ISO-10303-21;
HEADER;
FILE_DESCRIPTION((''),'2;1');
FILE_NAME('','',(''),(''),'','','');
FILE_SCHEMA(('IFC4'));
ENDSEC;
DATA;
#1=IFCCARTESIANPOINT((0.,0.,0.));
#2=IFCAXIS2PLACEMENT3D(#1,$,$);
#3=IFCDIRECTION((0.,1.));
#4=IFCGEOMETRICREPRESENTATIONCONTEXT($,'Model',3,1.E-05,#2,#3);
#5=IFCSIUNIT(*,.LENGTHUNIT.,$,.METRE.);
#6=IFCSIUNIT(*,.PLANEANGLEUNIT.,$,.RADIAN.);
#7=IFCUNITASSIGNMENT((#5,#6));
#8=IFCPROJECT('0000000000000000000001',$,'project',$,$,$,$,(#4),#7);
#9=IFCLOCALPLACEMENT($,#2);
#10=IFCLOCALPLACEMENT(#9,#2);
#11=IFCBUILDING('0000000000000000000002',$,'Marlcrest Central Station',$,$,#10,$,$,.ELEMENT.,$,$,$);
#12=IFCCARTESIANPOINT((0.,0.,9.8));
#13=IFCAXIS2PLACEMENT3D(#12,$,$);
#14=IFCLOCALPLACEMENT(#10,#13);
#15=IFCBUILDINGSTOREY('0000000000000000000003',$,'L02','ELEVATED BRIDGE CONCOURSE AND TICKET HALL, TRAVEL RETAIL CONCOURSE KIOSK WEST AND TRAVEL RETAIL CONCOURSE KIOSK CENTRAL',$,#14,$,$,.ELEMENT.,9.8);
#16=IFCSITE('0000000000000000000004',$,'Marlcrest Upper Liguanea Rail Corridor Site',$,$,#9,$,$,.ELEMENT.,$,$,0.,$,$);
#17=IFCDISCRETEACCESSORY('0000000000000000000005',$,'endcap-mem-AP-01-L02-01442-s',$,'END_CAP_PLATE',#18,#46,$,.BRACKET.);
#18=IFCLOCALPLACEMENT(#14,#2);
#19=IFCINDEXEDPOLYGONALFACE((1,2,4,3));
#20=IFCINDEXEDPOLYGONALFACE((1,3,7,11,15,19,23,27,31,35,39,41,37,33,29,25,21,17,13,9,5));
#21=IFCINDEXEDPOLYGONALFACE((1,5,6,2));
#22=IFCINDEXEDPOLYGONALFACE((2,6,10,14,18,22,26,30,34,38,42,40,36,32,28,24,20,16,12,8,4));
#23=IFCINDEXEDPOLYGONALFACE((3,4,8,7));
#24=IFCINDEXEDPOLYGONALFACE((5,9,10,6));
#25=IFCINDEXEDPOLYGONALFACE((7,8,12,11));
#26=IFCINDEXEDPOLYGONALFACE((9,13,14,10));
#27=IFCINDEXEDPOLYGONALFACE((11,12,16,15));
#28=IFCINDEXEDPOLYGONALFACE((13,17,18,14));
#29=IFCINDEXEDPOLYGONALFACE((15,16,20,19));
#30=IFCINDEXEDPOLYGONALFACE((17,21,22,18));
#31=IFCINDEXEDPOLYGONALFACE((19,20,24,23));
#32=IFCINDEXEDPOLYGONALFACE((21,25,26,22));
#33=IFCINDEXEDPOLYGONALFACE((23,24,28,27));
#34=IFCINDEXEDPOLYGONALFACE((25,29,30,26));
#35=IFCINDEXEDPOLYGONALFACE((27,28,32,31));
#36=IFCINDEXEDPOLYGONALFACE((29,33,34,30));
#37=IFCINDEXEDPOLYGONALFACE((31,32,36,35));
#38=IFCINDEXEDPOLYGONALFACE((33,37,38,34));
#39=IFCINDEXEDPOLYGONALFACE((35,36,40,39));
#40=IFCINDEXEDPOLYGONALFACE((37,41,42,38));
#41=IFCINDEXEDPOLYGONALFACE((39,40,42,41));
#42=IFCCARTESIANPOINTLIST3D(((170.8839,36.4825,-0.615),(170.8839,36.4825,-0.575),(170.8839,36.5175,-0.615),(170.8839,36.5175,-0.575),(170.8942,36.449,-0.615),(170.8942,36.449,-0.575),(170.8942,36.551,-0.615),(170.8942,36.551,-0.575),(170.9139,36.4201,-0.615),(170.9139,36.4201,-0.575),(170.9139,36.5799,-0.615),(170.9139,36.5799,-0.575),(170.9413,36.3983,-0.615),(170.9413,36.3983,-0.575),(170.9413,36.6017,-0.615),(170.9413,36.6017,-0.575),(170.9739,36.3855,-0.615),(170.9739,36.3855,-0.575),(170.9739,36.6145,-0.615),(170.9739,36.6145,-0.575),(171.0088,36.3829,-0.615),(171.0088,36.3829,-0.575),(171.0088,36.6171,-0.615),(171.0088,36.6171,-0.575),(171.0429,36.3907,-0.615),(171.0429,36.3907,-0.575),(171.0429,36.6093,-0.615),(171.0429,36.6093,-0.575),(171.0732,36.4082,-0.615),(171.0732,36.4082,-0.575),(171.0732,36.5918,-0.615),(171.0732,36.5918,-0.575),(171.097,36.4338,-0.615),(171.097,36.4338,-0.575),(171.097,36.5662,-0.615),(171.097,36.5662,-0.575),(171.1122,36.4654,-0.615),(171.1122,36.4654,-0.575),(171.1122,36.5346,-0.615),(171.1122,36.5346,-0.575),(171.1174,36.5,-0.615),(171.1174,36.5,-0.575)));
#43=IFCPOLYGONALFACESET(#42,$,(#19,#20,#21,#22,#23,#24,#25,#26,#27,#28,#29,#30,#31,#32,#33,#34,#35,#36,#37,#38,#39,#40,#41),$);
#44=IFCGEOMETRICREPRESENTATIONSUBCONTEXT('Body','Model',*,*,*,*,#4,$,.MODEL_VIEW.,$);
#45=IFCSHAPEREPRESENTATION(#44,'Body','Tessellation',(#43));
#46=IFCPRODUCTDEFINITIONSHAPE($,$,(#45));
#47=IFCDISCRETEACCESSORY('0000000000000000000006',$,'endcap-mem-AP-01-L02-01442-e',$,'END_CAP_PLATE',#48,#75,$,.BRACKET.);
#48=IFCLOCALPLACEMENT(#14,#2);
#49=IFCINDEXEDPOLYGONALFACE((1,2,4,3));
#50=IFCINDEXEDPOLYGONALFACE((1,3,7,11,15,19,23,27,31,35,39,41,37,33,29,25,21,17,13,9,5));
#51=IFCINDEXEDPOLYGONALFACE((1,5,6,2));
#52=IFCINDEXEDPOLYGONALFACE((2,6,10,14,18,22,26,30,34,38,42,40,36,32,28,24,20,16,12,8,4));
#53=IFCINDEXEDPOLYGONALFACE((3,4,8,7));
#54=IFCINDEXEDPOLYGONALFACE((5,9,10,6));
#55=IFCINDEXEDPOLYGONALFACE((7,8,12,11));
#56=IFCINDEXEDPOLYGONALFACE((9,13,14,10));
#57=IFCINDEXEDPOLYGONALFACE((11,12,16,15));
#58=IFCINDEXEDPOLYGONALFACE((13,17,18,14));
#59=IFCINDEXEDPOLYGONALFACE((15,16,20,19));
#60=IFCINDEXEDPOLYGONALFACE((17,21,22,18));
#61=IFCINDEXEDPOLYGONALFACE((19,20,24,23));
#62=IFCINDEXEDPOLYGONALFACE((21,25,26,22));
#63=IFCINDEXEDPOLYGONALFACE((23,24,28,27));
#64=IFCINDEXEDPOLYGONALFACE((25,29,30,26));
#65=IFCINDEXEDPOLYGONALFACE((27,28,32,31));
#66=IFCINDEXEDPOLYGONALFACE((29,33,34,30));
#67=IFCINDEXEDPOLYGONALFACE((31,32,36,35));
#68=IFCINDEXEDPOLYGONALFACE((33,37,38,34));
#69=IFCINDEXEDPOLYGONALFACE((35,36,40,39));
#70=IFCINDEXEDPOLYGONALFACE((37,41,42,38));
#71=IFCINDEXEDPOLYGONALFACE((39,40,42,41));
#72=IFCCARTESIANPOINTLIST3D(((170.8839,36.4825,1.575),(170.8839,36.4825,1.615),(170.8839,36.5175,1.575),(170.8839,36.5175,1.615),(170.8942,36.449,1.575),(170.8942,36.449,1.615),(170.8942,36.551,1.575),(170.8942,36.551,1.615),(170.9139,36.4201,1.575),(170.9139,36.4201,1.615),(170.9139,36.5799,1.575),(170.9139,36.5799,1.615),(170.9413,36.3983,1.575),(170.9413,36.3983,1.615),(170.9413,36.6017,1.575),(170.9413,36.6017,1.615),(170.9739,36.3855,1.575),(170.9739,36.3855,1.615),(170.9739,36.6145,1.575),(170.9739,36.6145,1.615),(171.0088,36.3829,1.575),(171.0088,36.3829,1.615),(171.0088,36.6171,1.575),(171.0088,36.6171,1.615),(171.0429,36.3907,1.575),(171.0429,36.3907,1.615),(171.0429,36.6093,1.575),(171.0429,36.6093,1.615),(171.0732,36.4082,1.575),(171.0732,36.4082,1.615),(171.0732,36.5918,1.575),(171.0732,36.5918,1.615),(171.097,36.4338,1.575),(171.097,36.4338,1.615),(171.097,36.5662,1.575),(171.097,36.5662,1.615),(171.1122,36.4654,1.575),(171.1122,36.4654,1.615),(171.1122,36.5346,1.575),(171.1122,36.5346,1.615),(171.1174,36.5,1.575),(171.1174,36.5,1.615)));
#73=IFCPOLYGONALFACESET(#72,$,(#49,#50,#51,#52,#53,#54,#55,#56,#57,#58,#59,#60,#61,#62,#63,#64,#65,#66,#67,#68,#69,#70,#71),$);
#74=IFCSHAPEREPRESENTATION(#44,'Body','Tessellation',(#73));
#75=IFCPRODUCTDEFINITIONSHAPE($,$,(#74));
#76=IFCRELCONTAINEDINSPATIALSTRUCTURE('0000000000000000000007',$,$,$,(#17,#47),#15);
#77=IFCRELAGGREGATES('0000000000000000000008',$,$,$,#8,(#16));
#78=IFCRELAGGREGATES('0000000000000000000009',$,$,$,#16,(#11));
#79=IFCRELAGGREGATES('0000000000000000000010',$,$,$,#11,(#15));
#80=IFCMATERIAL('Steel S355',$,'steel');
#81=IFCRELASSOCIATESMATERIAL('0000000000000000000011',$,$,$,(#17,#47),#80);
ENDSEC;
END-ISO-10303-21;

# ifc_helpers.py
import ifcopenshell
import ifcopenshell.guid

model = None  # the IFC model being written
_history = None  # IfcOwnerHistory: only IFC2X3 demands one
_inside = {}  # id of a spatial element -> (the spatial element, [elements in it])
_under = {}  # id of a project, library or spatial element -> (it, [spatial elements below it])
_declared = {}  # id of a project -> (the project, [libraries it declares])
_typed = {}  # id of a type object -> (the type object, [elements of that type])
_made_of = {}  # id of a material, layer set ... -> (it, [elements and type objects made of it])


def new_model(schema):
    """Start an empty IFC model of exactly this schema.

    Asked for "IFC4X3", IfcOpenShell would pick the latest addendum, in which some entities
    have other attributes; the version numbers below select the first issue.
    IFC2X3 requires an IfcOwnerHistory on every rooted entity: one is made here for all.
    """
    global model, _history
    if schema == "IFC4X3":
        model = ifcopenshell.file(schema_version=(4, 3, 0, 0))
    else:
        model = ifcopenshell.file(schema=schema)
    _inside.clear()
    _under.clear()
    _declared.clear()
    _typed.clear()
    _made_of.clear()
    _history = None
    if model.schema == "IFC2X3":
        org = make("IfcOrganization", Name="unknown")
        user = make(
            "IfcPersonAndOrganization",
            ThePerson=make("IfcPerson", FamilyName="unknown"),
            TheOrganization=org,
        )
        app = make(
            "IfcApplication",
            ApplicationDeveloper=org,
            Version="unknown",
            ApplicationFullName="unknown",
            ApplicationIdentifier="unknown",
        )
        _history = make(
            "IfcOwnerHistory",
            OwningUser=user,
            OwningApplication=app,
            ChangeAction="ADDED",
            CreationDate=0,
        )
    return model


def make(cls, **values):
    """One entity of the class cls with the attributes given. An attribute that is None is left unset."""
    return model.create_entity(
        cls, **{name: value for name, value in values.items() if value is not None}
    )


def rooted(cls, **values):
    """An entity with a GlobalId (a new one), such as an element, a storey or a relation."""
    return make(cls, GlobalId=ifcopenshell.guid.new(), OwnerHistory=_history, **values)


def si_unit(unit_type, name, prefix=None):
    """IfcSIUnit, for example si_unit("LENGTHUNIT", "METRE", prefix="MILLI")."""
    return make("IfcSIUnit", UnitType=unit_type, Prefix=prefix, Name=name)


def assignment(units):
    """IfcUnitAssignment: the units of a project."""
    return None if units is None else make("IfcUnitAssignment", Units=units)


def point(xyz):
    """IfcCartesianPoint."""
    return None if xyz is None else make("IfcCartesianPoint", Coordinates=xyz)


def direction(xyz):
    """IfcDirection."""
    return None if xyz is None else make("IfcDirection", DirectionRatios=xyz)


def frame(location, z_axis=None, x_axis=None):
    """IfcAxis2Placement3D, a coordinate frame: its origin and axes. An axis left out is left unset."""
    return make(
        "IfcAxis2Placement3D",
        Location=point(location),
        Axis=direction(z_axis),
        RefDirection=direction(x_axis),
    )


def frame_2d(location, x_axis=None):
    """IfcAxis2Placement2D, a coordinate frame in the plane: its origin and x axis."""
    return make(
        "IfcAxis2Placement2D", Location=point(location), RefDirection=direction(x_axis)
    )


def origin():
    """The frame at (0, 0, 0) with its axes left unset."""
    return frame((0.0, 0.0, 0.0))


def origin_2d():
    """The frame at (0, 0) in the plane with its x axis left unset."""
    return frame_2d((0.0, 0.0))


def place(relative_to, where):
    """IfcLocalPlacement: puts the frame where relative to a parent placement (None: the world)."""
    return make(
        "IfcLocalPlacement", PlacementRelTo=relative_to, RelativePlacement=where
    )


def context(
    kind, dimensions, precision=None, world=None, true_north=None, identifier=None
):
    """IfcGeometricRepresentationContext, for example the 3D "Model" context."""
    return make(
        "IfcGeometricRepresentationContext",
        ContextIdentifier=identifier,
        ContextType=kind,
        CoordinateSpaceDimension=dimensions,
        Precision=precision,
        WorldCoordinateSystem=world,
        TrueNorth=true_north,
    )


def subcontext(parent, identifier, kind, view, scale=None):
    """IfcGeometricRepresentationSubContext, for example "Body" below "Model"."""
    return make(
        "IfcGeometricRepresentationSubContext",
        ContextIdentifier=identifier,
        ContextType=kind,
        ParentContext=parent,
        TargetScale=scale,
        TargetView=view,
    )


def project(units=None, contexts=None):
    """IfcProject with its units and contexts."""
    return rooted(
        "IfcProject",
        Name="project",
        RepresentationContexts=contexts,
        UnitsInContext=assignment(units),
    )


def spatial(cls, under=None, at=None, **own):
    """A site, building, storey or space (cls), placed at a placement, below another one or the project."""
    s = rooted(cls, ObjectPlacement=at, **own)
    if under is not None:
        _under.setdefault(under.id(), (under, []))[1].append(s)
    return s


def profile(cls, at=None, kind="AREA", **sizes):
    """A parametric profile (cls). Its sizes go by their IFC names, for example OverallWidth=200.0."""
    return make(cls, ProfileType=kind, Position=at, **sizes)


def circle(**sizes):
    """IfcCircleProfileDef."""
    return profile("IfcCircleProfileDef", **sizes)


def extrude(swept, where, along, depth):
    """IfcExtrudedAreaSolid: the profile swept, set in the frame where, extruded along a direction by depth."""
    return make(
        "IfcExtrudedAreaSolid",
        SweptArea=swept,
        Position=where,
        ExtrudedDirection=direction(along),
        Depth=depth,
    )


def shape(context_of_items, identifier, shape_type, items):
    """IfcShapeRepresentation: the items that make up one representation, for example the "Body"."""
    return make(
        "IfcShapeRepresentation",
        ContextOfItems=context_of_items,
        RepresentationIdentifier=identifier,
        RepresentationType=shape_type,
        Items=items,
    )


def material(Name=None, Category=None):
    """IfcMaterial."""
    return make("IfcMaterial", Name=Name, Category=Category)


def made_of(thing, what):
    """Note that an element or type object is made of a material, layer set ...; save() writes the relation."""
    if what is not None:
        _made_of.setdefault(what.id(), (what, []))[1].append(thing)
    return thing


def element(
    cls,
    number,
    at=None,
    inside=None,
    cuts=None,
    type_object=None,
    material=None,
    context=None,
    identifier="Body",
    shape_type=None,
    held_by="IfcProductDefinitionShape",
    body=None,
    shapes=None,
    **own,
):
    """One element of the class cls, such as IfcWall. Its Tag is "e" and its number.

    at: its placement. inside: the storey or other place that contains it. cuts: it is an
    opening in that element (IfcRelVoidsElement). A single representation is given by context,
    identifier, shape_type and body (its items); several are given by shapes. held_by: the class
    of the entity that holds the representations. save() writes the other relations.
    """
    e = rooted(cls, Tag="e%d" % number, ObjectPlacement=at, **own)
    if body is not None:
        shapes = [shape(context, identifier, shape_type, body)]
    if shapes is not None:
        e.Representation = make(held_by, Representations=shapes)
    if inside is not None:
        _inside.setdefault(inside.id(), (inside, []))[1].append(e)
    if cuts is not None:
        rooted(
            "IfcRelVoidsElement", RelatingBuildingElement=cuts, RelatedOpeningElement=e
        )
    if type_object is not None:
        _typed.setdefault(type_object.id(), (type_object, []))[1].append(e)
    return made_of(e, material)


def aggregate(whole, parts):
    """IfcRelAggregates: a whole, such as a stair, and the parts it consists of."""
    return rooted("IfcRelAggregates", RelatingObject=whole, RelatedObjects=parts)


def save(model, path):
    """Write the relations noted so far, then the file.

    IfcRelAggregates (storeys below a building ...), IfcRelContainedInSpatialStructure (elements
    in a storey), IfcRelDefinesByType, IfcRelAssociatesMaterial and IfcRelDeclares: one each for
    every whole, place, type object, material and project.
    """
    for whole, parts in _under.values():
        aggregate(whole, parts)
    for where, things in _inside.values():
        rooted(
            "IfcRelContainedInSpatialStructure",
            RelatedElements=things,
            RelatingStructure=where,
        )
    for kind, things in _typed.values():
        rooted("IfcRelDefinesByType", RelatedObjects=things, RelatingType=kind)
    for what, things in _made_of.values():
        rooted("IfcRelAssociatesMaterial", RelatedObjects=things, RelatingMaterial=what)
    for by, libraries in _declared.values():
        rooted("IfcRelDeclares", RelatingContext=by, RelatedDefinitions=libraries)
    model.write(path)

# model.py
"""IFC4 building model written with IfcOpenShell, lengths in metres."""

from ifc_helpers import new_model, si_unit, direction, frame, origin, origin_2d, place, context, subcontext, project, spatial, circle, extrude, material, element, save


model = new_model("IFC4")

# Units and contexts
model_context = context("Model", 3, precision=1e-05, world=origin(), true_north=direction((0.0, 1.0)))
body_context = subcontext(model_context, "Body", "Model", "MODEL_VIEW")
ifc_project = project(units=[si_unit("LENGTHUNIT", "METRE"), si_unit("PLANEANGLEUNIT", "RADIAN")], contexts=[model_context])

# Site, building, storey
site_placement = place(None, origin())
site = spatial("IfcSite", under=ifc_project, at=site_placement, Name="Marlcrest Upper Liguanea Rail Corridor Site", CompositionType="ELEMENT", RefElevation=0.0)
building_placement = place(site_placement, origin())
building = spatial("IfcBuilding", under=site, at=building_placement, Name="Marlcrest Central Station", CompositionType="ELEMENT")
storey_placement = place(building_placement, frame((0.0, 0.0, 9.8)))
storey = spatial("IfcBuildingStorey", under=building, at=storey_placement, Name="L02", Description="ELEVATED BRIDGE CONCOURSE AND TICKET HALL, TRAVEL RETAIL CONCOURSE KIOSK WEST AND TRAVEL RETAIL CONCOURSE KIOSK CENTRAL", CompositionType="ELEMENT", Elevation=9.8)

# Shared definitions
ifc_material_1 = material(Name="Steel S355", Category="steel")

# Discrete accessories
for number, where, z_axis, x_axis, name in (
    (1, (171.0, 36.5, -0.615), (0.0, 0.0, 1.0), (1.0, 0.0, 0.0), "endcap-mem-AP-01-L02-01442-s"),
    (2, (171.0, 36.5, 1.575), (0.0, 0.0, 1.0), (1.0, 0.0, 0.0), "endcap-mem-AP-01-L02-01442-e"),
):
    element("IfcDiscreteAccessory", number, at=place(storey_placement, frame(where, z_axis=z_axis, x_axis=x_axis)), inside=storey, material=ifc_material_1, Name=name, ObjectType="END_CAP_PLATE", PredefinedType="BRACKET", context=body_context, shape_type="SweptSolid", body=[
        extrude(circle(Radius=0.1174, at=origin_2d()), origin(), (0.0, 0.0, 1.0), 0.04),
    ])

save(model, "model.ifc")
